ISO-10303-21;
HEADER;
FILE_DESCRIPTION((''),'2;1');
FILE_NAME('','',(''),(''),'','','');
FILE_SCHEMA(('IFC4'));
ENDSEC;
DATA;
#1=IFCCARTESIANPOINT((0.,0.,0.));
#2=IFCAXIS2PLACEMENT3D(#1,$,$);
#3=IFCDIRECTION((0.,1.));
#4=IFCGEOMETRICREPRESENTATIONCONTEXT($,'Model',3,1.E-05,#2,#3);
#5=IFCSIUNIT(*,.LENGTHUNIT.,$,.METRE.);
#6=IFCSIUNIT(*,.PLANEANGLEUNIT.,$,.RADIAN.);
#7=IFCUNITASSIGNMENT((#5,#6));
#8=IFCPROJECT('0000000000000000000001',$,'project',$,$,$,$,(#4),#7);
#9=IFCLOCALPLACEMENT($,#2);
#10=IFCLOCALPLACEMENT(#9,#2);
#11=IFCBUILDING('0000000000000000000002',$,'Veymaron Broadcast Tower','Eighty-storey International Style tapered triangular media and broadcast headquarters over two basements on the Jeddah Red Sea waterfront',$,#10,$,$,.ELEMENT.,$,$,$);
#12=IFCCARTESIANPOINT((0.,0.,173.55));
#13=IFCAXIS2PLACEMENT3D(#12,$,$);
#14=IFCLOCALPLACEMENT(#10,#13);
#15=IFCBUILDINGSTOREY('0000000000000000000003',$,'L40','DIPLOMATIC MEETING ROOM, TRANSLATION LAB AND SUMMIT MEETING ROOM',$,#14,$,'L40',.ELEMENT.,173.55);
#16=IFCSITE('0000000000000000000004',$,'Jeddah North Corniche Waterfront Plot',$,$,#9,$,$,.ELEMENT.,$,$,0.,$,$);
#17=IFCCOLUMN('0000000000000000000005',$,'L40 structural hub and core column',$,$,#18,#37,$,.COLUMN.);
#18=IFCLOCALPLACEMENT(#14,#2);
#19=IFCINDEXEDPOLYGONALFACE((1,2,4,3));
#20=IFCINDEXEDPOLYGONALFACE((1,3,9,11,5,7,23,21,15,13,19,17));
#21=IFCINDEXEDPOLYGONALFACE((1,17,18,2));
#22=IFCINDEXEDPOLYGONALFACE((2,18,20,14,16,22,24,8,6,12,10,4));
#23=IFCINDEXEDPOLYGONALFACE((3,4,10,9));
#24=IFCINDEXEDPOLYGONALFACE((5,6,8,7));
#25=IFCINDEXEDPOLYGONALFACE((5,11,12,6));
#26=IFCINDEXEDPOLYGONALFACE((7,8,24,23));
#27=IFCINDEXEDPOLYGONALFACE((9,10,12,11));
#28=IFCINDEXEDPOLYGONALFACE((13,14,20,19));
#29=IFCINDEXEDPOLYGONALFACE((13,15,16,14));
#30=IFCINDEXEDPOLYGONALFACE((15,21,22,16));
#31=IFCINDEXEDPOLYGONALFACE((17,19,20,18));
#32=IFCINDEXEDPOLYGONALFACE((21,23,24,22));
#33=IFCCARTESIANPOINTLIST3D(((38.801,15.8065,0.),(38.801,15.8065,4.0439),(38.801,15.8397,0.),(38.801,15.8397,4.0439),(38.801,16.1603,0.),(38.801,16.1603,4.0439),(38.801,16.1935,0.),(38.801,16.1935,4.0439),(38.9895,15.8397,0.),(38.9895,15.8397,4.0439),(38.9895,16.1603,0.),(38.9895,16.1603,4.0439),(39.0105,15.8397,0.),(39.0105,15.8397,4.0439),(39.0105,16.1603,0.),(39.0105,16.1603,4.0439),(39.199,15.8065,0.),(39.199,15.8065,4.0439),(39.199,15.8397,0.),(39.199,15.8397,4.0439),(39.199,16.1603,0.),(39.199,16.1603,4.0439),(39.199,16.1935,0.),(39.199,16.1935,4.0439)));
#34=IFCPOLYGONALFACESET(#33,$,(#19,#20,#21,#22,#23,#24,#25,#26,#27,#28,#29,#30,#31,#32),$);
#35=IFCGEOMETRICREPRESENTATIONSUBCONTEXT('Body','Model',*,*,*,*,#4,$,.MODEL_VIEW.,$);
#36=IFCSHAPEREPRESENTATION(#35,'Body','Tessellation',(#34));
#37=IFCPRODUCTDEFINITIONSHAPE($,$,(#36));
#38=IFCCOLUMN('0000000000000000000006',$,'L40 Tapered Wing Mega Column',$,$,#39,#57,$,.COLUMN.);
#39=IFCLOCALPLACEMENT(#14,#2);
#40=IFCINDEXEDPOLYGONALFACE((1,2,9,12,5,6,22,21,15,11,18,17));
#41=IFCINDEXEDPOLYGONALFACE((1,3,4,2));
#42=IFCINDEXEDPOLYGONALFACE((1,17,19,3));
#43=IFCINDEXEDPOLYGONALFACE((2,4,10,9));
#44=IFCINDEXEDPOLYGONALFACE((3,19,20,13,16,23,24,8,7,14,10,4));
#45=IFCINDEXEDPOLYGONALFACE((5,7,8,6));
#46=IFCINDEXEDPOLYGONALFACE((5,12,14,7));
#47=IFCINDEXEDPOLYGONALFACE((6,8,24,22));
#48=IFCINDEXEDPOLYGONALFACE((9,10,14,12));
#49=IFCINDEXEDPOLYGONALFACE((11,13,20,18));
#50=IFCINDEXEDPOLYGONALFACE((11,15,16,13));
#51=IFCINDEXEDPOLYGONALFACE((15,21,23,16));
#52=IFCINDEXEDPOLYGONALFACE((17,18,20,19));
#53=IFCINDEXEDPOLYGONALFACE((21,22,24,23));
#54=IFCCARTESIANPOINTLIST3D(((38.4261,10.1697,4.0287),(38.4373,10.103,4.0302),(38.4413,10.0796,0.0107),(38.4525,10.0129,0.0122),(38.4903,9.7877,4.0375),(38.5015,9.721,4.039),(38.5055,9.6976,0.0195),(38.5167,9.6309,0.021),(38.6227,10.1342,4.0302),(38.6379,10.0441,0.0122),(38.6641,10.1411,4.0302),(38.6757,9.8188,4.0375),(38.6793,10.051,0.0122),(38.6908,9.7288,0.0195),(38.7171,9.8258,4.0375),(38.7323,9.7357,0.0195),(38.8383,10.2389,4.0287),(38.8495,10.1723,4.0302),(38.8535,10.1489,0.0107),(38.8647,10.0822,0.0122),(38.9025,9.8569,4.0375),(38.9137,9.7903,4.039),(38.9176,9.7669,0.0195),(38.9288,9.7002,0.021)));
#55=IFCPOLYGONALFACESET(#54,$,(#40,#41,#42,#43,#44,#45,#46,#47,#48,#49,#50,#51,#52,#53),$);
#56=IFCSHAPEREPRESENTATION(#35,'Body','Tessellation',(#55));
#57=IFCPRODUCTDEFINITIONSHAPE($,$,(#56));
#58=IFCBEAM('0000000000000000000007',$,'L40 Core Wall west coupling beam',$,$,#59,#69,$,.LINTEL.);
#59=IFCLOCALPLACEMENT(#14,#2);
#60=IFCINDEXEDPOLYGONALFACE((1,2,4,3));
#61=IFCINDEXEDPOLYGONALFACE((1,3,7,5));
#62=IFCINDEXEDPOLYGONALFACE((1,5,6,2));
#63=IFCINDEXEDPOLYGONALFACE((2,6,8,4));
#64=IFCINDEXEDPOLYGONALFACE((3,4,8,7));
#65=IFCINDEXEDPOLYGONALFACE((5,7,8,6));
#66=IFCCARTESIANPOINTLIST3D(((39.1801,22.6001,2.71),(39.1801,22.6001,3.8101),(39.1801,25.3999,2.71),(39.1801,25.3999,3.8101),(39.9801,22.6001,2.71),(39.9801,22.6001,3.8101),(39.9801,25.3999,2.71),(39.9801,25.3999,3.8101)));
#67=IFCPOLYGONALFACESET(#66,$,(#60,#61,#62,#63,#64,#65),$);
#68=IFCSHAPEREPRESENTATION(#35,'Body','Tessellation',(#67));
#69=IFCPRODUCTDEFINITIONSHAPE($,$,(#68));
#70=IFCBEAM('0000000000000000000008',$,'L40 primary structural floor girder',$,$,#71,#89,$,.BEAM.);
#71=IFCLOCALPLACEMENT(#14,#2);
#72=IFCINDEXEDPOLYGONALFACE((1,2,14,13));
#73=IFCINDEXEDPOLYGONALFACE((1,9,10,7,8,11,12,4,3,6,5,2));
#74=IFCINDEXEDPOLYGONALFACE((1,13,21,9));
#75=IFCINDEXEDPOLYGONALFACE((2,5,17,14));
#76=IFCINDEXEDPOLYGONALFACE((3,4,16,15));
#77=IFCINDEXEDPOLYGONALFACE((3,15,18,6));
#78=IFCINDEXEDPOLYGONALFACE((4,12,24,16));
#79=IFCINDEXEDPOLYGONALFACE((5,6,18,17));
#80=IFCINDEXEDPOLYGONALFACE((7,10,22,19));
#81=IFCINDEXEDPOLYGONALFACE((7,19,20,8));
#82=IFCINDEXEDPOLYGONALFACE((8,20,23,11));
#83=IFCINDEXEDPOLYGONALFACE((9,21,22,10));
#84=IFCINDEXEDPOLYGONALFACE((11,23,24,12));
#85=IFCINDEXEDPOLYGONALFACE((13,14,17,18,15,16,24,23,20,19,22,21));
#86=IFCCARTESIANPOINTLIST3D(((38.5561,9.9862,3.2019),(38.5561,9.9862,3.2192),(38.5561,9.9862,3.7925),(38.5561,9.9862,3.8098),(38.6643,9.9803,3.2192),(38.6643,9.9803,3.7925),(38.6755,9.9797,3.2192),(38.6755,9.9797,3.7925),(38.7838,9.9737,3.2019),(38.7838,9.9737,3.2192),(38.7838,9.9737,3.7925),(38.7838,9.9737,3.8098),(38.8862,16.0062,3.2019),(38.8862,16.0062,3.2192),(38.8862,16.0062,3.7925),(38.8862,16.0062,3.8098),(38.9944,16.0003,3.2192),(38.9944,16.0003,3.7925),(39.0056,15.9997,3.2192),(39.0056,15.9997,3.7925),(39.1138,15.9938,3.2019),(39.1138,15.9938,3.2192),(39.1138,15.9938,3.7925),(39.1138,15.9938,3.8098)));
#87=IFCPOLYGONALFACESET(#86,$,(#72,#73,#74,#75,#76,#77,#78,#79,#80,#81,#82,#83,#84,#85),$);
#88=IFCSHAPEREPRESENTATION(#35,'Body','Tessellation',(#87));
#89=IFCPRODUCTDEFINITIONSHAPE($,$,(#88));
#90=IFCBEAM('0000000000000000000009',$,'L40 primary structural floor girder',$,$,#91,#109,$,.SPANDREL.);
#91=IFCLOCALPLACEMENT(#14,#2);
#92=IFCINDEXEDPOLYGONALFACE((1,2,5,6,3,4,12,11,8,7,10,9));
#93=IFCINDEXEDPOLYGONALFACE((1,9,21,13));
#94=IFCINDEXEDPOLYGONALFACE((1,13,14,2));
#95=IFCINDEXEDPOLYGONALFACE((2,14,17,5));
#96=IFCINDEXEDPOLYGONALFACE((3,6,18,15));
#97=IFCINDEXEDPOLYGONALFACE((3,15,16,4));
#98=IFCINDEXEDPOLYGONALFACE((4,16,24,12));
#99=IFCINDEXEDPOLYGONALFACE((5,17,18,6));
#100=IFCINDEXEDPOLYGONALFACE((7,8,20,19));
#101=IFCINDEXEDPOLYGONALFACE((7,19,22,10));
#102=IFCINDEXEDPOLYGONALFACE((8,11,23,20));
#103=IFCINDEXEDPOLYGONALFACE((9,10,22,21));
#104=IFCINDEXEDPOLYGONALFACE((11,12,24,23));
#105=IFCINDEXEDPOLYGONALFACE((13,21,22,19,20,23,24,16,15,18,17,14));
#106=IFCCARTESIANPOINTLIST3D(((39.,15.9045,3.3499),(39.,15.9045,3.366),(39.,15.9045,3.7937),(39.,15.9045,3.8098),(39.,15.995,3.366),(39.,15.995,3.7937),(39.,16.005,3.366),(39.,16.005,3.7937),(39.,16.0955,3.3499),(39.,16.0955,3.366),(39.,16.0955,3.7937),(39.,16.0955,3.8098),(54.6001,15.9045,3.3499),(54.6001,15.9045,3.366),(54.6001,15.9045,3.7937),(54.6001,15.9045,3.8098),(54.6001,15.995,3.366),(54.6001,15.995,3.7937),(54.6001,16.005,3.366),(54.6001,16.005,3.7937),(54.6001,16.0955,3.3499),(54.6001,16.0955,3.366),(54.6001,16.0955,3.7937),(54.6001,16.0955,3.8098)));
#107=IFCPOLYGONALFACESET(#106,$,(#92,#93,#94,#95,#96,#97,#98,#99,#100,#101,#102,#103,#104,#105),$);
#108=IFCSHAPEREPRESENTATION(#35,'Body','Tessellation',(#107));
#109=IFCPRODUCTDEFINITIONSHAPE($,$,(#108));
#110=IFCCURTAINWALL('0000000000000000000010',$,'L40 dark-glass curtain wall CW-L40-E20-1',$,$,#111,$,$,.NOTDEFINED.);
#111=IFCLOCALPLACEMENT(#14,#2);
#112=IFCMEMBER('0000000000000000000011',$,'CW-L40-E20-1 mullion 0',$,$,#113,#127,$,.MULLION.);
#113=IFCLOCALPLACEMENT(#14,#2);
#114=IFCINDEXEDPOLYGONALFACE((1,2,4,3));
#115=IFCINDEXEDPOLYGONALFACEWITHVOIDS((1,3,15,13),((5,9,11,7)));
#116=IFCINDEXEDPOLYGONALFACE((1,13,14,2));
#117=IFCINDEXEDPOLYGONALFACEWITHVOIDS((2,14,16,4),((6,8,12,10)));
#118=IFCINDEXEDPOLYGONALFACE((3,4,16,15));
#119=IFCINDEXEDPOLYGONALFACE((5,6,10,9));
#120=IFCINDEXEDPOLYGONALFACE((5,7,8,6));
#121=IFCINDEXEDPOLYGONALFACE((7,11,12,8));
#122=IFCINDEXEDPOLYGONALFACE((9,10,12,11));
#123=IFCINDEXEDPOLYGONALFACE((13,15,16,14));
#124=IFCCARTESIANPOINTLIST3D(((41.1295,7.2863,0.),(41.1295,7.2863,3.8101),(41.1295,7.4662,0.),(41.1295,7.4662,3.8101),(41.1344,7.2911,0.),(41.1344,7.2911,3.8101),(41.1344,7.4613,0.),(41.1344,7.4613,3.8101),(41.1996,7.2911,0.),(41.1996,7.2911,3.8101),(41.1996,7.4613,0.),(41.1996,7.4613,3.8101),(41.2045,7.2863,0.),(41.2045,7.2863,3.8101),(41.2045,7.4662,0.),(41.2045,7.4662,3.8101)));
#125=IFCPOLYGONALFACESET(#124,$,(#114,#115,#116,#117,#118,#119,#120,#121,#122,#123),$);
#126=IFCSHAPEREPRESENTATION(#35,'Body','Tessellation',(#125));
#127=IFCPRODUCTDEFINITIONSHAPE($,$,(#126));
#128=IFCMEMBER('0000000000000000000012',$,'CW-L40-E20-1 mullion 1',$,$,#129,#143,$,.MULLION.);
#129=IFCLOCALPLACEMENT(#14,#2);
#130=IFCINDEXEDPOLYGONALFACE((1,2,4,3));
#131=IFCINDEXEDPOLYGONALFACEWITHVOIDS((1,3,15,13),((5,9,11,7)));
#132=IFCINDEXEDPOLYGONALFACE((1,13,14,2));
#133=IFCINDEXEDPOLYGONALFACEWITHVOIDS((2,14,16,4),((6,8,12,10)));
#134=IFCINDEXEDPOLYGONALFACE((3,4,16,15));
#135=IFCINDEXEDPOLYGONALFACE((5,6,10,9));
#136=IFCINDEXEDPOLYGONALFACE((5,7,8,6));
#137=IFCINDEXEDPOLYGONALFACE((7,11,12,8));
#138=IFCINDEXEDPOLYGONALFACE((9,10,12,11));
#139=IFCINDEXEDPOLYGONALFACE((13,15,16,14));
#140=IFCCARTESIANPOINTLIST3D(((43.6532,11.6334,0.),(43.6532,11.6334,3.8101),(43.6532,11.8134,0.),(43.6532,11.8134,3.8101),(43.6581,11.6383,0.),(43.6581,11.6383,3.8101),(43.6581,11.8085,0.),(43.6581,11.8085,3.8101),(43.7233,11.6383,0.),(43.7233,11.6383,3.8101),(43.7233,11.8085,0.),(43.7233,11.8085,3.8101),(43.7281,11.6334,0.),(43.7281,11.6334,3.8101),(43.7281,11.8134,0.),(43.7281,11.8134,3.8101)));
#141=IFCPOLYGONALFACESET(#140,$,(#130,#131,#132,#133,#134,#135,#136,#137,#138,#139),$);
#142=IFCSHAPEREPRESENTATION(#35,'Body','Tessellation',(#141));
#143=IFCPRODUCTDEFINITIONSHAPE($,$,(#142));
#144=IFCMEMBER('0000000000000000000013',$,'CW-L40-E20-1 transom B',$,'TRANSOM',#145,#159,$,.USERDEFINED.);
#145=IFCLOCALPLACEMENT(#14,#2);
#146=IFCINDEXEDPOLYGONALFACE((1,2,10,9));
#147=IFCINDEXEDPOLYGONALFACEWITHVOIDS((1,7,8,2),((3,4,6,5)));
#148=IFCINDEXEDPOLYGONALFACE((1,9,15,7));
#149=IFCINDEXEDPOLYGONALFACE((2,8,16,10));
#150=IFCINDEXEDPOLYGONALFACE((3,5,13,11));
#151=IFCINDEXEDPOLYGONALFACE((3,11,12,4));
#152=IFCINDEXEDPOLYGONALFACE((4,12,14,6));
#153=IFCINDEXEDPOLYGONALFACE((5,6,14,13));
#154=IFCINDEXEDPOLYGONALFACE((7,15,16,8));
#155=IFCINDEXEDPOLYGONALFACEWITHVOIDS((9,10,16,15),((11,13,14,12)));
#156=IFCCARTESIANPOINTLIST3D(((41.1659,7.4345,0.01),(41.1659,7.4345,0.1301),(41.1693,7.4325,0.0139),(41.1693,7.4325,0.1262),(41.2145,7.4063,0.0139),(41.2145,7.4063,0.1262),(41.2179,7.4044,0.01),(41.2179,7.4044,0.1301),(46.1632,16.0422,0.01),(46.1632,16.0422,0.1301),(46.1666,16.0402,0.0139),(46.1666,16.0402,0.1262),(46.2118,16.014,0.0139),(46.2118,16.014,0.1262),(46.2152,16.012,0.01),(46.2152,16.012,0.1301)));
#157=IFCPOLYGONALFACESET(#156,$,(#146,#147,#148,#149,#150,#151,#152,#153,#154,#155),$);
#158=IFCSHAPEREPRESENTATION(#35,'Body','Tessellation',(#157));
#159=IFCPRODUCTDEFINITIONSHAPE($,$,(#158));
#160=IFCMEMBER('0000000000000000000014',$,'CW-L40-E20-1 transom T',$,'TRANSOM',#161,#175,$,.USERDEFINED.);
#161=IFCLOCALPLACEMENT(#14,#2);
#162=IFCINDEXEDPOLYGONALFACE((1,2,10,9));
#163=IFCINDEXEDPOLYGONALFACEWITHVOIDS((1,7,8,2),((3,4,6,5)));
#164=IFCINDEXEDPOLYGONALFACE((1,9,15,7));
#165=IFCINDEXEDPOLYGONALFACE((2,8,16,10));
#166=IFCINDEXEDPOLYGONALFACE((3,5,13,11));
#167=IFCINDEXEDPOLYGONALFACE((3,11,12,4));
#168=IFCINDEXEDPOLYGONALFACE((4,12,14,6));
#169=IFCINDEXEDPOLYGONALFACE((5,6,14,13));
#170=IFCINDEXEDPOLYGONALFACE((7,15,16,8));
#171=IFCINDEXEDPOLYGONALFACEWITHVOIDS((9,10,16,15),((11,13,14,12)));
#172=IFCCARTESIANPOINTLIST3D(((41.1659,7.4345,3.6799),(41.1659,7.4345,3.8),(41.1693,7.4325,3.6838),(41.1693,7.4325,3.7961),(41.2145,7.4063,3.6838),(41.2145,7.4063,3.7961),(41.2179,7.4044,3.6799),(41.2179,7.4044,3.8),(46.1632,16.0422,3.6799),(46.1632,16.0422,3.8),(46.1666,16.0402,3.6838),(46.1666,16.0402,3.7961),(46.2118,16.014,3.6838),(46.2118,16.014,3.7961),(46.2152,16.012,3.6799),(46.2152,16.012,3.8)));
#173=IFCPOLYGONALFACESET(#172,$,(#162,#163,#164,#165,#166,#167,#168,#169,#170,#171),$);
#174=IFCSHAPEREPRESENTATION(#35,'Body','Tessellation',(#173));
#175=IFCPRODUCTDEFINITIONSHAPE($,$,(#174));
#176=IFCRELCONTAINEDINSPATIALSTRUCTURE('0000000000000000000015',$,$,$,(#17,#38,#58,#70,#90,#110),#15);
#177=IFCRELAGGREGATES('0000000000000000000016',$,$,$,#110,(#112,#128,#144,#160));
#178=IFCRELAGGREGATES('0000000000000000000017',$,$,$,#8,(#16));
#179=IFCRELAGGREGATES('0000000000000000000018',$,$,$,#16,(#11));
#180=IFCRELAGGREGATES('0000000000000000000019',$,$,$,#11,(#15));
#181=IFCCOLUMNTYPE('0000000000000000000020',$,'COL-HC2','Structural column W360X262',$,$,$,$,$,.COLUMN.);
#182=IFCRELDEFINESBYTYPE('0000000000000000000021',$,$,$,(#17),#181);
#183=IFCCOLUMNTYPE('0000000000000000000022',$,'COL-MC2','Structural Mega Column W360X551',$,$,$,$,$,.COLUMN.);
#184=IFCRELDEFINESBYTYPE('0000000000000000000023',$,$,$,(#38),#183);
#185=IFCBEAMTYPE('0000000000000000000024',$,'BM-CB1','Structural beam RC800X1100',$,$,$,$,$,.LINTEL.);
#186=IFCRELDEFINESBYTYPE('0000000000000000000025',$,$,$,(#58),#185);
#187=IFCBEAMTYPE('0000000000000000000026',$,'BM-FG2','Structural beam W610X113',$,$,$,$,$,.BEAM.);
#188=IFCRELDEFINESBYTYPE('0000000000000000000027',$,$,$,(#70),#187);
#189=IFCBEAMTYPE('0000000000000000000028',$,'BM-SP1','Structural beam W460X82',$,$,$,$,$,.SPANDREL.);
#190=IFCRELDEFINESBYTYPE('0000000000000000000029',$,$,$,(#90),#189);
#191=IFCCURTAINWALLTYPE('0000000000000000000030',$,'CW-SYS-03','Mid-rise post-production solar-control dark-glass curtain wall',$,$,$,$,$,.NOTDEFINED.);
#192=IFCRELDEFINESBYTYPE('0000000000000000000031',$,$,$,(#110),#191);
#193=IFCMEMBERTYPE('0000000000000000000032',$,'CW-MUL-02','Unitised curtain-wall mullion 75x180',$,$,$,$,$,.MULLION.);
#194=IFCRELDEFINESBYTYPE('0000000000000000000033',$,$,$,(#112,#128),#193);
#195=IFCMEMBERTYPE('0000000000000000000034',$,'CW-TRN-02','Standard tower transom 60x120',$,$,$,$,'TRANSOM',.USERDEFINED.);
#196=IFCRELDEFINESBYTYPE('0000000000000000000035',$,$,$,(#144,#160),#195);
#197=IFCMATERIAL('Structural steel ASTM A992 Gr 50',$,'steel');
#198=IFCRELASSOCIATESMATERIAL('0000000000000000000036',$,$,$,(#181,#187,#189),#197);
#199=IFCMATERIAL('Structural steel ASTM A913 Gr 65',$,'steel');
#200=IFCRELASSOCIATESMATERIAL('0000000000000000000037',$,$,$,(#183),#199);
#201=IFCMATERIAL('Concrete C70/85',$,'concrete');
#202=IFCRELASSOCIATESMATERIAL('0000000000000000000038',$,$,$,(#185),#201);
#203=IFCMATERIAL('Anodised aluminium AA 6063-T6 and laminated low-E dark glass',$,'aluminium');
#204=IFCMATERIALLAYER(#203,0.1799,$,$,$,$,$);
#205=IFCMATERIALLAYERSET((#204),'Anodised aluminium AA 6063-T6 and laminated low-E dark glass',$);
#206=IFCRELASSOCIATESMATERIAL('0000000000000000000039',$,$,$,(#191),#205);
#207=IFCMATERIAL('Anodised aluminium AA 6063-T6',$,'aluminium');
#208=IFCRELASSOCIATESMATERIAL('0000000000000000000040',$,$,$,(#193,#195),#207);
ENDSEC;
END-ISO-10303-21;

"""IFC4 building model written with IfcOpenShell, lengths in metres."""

from ifc_helpers import new_model, si_unit, direction, frame, origin, origin_2d, place, context, subcontext, project, spatial, rectangle, hollow_rectangle, i_section, extrude, material, layer, layer_set, material_profile, profile_set, type_object, element, aggregate, save


model = new_model("IFC4")

# Units and contexts
model_context = context("Model", 3, precision=1e-05, world=origin(), true_north=direction((0.0, 1.0)))
body_context = subcontext(model_context, "Body", "Model", "MODEL_VIEW")
ifc_project = project(units=[si_unit("LENGTHUNIT", "METRE"), si_unit("PLANEANGLEUNIT", "RADIAN")], contexts=[model_context])

# Site, building, storey
site_placement = place(None, origin())
site = spatial("IfcSite", under=ifc_project, at=site_placement, Name="Jeddah North Corniche Waterfront Plot", CompositionType="ELEMENT", RefElevation=0.0)
building_placement = place(site_placement, origin())
building = spatial("IfcBuilding", under=site, at=building_placement, Name="Veymaron Broadcast Tower", Description="Eighty-storey International Style tapered triangular media and broadcast headquarters over two basements on the Jeddah Red Sea waterfront", CompositionType="ELEMENT")
storey_placement = place(building_placement, frame((0.0, 0.0, 173.55)))
storey = spatial("IfcBuildingStorey", under=building, at=storey_placement, Name="L40", Description="DIPLOMATIC MEETING ROOM, TRANSLATION LAB AND SUMMIT MEETING ROOM", LongName="L40", CompositionType="ELEMENT", Elevation=173.55)

# Columns
ifc_material_1 = material(Name="Structural steel ASTM A992 Gr 50", Category="steel")
ifc_material_profile_1 = material_profile(ifc_material_1, i_section(OverallWidth=0.3979, OverallDepth=0.387, WebThickness=0.021, FlangeThickness=0.0332, at=origin_2d()), Name="W360X262")
ifc_profile_set_1 = profile_set([ifc_material_profile_1], Name="Structural steel ASTM A992 Gr 50")
column_type_1 = type_object("IfcColumnType", Name="COL-HC2", Description="Structural column W360X262", PredefinedType="COLUMN", material=ifc_profile_set_1)
column_1_placement = place(storey_placement, frame((39.0, 16.0, 0.0), z_axis=(0.0, 0.0, 1.0), x_axis=(1.0, 0.0, 0.0)))
element("IfcColumn", 1, at=column_1_placement, inside=storey, type_object=column_type_1, Name="L40 structural hub and core column", PredefinedType="COLUMN", context=body_context, shape_type="SweptSolid", body=[
    extrude(i_section(OverallWidth=0.3979, OverallDepth=0.387, WebThickness=0.021, FlangeThickness=0.0332, at=origin_2d()), origin(), (0.0, 0.0, 1.0), 4.0439),
])
ifc_material_2 = material(Name="Structural steel ASTM A913 Gr 65", Category="steel")
ifc_material_profile_2 = material_profile(ifc_material_2, i_section(OverallWidth=0.418, OverallDepth=0.4551, WebThickness=0.042, FlangeThickness=0.0676, at=origin_2d()), Name="W360X551")
ifc_profile_set_2 = profile_set([ifc_material_profile_2], Name="Structural steel ASTM A913 Gr 65")
column_type_2 = type_object("IfcColumnType", Name="COL-MC2", Description="Structural Mega Column W360X551", PredefinedType="COLUMN", material=ifc_profile_set_2)
column_2_placement = place(storey_placement, frame((38.6851, 9.8899, 0.0159), z_axis=(-0.003766, 0.022415, 0.999742), x_axis=(-0.986176, -0.165699, 0.0)))
element("IfcColumn", 2, at=column_2_placement, inside=storey, type_object=column_type_2, Name="L40 Tapered Wing Mega Column", PredefinedType="COLUMN", context=body_context, shape_type="SweptSolid", body=[
    extrude(i_section(OverallWidth=0.418, OverallDepth=0.4551, WebThickness=0.042, FlangeThickness=0.0676, at=origin_2d()), origin(), (0.0, 0.0, 1.0), 4.019),
])

# Beams
ifc_material_3 = material(Name="Concrete C70/85", Category="concrete")
ifc_material_profile_3 = material_profile(ifc_material_3, rectangle(XDim=0.8, YDim=1.1001, at=origin_2d()), Name="RC800X1100")
ifc_profile_set_3 = profile_set([ifc_material_profile_3], Name="Concrete C70/85")
beam_type_1 = type_object("IfcBeamType", Name="BM-CB1", Description="Structural beam RC800X1100", PredefinedType="LINTEL", material=ifc_profile_set_3)
beam_1_placement = place(storey_placement, frame((39.5801, 22.6001, 3.26), z_axis=(0.0, 1.0, 0.0), x_axis=(-1.0, 0.0, 0.0)))
element("IfcBeam", 3, at=beam_1_placement, inside=storey, type_object=beam_type_1, Name="L40 Core Wall west coupling beam", PredefinedType="LINTEL", context=body_context, shape_type="SweptSolid", body=[
    extrude(rectangle(XDim=0.8, YDim=1.1001, at=origin_2d()), origin(), (0.0, 0.0, 1.0), 2.7998),
])
ifc_material_profile_4 = material_profile(ifc_material_1, i_section(OverallWidth=0.228, OverallDepth=0.6079, WebThickness=0.0112, FlangeThickness=0.0173, at=origin_2d()), Name="W610X113")
ifc_profile_set_4 = profile_set([ifc_material_profile_4], Name="Structural steel ASTM A992 Gr 50")
beam_type_2 = type_object("IfcBeamType", Name="BM-FG2", Description="Structural beam W610X113", PredefinedType="BEAM", material=ifc_profile_set_4)
beam_2_placement = place(storey_placement, frame((39.0, 16.0, 3.5059), z_axis=(-0.054748, -0.9985, 0.0), x_axis=(0.9985, -0.054748, 0.0)))
element("IfcBeam", 4, at=beam_2_placement, inside=storey, type_object=beam_type_2, Name="L40 primary structural floor girder", PredefinedType="BEAM", context=body_context, shape_type="SweptSolid", body=[
    extrude(i_section(OverallWidth=0.228, OverallDepth=0.6079, WebThickness=0.0112, FlangeThickness=0.0173, at=origin_2d()), origin(), (0.0, 0.0, 1.0), 6.0291),
])
ifc_material_profile_5 = material_profile(ifc_material_1, i_section(OverallWidth=0.1909, OverallDepth=0.46, WebThickness=0.01, FlangeThickness=0.0161, at=origin_2d()), Name="W460X82")
ifc_profile_set_5 = profile_set([ifc_material_profile_5], Name="Structural steel ASTM A992 Gr 50")
beam_type_3 = type_object("IfcBeamType", Name="BM-SP1", Description="Structural beam W460X82", PredefinedType="SPANDREL", material=ifc_profile_set_5)
beam_3_placement = place(storey_placement, frame((39.0, 16.0, 3.5798), z_axis=(1.0, 0.0, 0.0), x_axis=(0.0, 1.0, 0.0)))
element("IfcBeam", 5, at=beam_3_placement, inside=storey, type_object=beam_type_3, Name="L40 primary structural floor girder", PredefinedType="SPANDREL", context=body_context, shape_type="SweptSolid", body=[
    extrude(i_section(OverallWidth=0.1909, OverallDepth=0.46, WebThickness=0.01, FlangeThickness=0.0161, at=origin_2d()), origin(), (0.0, 0.0, 1.0), 15.6001),
])

# Curtain wall, members
ifc_material_4 = material(Name="Anodised aluminium AA 6063-T6 and laminated low-E dark glass", Category="aluminium")
ifc_layer_1 = layer(ifc_material_4, 0.1799)
ifc_layer_set_1 = layer_set([ifc_layer_1], Name="Anodised aluminium AA 6063-T6 and laminated low-E dark glass")
curtain_wall_type = type_object("IfcCurtainWallType", Name="CW-SYS-03", Description="Mid-rise post-production solar-control dark-glass curtain wall", PredefinedType="NOTDEFINED", material=ifc_layer_set_1)
curtain_wall_placement = place(storey_placement, origin())
curtain_wall = element("IfcCurtainWall", 6, at=curtain_wall_placement, inside=storey, type_object=curtain_wall_type, Name="L40 dark-glass curtain wall CW-L40-E20-1", PredefinedType="NOTDEFINED")
ifc_material_5 = material(Name="Anodised aluminium AA 6063-T6", Category="aluminium")
ifc_material_profile_6 = material_profile(ifc_material_5, hollow_rectangle(XDim=0.075, YDim=0.1799, WallThickness=0.0049, at=origin_2d()), Name="AL180X75X5")
ifc_profile_set_6 = profile_set([ifc_material_profile_6], Name="Anodised aluminium AA 6063-T6")
member_type_1 = type_object("IfcMemberType", Name="CW-MUL-02", Description="Unitised curtain-wall mullion 75x180", PredefinedType="MULLION", material=ifc_profile_set_6)
member_1_placement = place(storey_placement, frame((41.167, 7.3762, 0.0), z_axis=(0.0, 0.0, 1.0), x_axis=(1.0, 0.0, 0.0)))
member_1 = element("IfcMember", 7, at=member_1_placement, type_object=member_type_1, Name="CW-L40-E20-1 mullion 0", PredefinedType="MULLION", context=body_context, shape_type="SweptSolid", body=[
    extrude(hollow_rectangle(XDim=0.075, YDim=0.1799, WallThickness=0.0049, at=origin_2d()), origin(), (0.0, 0.0, 1.0), 3.8101),
])
member_2_placement = place(storey_placement, frame((43.6907, 11.7234, 0.0), z_axis=(0.0, 0.0, 1.0), x_axis=(1.0, 0.0, 0.0)))
member_2 = element("IfcMember", 8, at=member_2_placement, type_object=member_type_1, Name="CW-L40-E20-1 mullion 1", PredefinedType="MULLION", context=body_context, shape_type="SweptSolid", body=[
    extrude(hollow_rectangle(XDim=0.075, YDim=0.1799, WallThickness=0.0049, at=origin_2d()), origin(), (0.0, 0.0, 1.0), 3.8101),
])
ifc_material_profile_7 = material_profile(ifc_material_5, hollow_rectangle(XDim=0.0601, YDim=0.1201, WallThickness=0.0039, at=origin_2d()), Name="AL120X60X4")
ifc_profile_set_7 = profile_set([ifc_material_profile_7], Name="Anodised aluminium AA 6063-T6")
member_type_2 = type_object("IfcMemberType", Name="CW-TRN-02", Description="Standard tower transom 60x120", ElementType="TRANSOM", PredefinedType="USERDEFINED", material=ifc_profile_set_7)
member_3_placement = place(storey_placement, frame((41.1919, 7.4194, 0.0701), z_axis=(0.502084, 0.864819, 0.0), x_axis=(-0.864819, 0.502084, 0.0)))
member_3 = element("IfcMember", 9, at=member_3_placement, type_object=member_type_2, Name="CW-L40-E20-1 transom B", ObjectType="TRANSOM", PredefinedType="USERDEFINED", context=body_context, shape_type="SweptSolid", body=[
    extrude(hollow_rectangle(XDim=0.0601, YDim=0.1201, WallThickness=0.0039, at=origin_2d()), origin(), (0.0, 0.0, 1.0), 9.9531),
])
member_4_placement = place(storey_placement, frame((41.1919, 7.4194, 3.74), z_axis=(0.502084, 0.864819, 0.0), x_axis=(-0.864819, 0.502084, 0.0)))
member_4 = element("IfcMember", 10, at=member_4_placement, type_object=member_type_2, Name="CW-L40-E20-1 transom T", ObjectType="TRANSOM", PredefinedType="USERDEFINED", context=body_context, shape_type="SweptSolid", body=[
    extrude(hollow_rectangle(XDim=0.0601, YDim=0.1201, WallThickness=0.0039, at=origin_2d()), origin(), (0.0, 0.0, 1.0), 9.9531),
])
aggregate(curtain_wall, [member_1, member_2, member_3, member_4])

save(model, "model.ifc")
